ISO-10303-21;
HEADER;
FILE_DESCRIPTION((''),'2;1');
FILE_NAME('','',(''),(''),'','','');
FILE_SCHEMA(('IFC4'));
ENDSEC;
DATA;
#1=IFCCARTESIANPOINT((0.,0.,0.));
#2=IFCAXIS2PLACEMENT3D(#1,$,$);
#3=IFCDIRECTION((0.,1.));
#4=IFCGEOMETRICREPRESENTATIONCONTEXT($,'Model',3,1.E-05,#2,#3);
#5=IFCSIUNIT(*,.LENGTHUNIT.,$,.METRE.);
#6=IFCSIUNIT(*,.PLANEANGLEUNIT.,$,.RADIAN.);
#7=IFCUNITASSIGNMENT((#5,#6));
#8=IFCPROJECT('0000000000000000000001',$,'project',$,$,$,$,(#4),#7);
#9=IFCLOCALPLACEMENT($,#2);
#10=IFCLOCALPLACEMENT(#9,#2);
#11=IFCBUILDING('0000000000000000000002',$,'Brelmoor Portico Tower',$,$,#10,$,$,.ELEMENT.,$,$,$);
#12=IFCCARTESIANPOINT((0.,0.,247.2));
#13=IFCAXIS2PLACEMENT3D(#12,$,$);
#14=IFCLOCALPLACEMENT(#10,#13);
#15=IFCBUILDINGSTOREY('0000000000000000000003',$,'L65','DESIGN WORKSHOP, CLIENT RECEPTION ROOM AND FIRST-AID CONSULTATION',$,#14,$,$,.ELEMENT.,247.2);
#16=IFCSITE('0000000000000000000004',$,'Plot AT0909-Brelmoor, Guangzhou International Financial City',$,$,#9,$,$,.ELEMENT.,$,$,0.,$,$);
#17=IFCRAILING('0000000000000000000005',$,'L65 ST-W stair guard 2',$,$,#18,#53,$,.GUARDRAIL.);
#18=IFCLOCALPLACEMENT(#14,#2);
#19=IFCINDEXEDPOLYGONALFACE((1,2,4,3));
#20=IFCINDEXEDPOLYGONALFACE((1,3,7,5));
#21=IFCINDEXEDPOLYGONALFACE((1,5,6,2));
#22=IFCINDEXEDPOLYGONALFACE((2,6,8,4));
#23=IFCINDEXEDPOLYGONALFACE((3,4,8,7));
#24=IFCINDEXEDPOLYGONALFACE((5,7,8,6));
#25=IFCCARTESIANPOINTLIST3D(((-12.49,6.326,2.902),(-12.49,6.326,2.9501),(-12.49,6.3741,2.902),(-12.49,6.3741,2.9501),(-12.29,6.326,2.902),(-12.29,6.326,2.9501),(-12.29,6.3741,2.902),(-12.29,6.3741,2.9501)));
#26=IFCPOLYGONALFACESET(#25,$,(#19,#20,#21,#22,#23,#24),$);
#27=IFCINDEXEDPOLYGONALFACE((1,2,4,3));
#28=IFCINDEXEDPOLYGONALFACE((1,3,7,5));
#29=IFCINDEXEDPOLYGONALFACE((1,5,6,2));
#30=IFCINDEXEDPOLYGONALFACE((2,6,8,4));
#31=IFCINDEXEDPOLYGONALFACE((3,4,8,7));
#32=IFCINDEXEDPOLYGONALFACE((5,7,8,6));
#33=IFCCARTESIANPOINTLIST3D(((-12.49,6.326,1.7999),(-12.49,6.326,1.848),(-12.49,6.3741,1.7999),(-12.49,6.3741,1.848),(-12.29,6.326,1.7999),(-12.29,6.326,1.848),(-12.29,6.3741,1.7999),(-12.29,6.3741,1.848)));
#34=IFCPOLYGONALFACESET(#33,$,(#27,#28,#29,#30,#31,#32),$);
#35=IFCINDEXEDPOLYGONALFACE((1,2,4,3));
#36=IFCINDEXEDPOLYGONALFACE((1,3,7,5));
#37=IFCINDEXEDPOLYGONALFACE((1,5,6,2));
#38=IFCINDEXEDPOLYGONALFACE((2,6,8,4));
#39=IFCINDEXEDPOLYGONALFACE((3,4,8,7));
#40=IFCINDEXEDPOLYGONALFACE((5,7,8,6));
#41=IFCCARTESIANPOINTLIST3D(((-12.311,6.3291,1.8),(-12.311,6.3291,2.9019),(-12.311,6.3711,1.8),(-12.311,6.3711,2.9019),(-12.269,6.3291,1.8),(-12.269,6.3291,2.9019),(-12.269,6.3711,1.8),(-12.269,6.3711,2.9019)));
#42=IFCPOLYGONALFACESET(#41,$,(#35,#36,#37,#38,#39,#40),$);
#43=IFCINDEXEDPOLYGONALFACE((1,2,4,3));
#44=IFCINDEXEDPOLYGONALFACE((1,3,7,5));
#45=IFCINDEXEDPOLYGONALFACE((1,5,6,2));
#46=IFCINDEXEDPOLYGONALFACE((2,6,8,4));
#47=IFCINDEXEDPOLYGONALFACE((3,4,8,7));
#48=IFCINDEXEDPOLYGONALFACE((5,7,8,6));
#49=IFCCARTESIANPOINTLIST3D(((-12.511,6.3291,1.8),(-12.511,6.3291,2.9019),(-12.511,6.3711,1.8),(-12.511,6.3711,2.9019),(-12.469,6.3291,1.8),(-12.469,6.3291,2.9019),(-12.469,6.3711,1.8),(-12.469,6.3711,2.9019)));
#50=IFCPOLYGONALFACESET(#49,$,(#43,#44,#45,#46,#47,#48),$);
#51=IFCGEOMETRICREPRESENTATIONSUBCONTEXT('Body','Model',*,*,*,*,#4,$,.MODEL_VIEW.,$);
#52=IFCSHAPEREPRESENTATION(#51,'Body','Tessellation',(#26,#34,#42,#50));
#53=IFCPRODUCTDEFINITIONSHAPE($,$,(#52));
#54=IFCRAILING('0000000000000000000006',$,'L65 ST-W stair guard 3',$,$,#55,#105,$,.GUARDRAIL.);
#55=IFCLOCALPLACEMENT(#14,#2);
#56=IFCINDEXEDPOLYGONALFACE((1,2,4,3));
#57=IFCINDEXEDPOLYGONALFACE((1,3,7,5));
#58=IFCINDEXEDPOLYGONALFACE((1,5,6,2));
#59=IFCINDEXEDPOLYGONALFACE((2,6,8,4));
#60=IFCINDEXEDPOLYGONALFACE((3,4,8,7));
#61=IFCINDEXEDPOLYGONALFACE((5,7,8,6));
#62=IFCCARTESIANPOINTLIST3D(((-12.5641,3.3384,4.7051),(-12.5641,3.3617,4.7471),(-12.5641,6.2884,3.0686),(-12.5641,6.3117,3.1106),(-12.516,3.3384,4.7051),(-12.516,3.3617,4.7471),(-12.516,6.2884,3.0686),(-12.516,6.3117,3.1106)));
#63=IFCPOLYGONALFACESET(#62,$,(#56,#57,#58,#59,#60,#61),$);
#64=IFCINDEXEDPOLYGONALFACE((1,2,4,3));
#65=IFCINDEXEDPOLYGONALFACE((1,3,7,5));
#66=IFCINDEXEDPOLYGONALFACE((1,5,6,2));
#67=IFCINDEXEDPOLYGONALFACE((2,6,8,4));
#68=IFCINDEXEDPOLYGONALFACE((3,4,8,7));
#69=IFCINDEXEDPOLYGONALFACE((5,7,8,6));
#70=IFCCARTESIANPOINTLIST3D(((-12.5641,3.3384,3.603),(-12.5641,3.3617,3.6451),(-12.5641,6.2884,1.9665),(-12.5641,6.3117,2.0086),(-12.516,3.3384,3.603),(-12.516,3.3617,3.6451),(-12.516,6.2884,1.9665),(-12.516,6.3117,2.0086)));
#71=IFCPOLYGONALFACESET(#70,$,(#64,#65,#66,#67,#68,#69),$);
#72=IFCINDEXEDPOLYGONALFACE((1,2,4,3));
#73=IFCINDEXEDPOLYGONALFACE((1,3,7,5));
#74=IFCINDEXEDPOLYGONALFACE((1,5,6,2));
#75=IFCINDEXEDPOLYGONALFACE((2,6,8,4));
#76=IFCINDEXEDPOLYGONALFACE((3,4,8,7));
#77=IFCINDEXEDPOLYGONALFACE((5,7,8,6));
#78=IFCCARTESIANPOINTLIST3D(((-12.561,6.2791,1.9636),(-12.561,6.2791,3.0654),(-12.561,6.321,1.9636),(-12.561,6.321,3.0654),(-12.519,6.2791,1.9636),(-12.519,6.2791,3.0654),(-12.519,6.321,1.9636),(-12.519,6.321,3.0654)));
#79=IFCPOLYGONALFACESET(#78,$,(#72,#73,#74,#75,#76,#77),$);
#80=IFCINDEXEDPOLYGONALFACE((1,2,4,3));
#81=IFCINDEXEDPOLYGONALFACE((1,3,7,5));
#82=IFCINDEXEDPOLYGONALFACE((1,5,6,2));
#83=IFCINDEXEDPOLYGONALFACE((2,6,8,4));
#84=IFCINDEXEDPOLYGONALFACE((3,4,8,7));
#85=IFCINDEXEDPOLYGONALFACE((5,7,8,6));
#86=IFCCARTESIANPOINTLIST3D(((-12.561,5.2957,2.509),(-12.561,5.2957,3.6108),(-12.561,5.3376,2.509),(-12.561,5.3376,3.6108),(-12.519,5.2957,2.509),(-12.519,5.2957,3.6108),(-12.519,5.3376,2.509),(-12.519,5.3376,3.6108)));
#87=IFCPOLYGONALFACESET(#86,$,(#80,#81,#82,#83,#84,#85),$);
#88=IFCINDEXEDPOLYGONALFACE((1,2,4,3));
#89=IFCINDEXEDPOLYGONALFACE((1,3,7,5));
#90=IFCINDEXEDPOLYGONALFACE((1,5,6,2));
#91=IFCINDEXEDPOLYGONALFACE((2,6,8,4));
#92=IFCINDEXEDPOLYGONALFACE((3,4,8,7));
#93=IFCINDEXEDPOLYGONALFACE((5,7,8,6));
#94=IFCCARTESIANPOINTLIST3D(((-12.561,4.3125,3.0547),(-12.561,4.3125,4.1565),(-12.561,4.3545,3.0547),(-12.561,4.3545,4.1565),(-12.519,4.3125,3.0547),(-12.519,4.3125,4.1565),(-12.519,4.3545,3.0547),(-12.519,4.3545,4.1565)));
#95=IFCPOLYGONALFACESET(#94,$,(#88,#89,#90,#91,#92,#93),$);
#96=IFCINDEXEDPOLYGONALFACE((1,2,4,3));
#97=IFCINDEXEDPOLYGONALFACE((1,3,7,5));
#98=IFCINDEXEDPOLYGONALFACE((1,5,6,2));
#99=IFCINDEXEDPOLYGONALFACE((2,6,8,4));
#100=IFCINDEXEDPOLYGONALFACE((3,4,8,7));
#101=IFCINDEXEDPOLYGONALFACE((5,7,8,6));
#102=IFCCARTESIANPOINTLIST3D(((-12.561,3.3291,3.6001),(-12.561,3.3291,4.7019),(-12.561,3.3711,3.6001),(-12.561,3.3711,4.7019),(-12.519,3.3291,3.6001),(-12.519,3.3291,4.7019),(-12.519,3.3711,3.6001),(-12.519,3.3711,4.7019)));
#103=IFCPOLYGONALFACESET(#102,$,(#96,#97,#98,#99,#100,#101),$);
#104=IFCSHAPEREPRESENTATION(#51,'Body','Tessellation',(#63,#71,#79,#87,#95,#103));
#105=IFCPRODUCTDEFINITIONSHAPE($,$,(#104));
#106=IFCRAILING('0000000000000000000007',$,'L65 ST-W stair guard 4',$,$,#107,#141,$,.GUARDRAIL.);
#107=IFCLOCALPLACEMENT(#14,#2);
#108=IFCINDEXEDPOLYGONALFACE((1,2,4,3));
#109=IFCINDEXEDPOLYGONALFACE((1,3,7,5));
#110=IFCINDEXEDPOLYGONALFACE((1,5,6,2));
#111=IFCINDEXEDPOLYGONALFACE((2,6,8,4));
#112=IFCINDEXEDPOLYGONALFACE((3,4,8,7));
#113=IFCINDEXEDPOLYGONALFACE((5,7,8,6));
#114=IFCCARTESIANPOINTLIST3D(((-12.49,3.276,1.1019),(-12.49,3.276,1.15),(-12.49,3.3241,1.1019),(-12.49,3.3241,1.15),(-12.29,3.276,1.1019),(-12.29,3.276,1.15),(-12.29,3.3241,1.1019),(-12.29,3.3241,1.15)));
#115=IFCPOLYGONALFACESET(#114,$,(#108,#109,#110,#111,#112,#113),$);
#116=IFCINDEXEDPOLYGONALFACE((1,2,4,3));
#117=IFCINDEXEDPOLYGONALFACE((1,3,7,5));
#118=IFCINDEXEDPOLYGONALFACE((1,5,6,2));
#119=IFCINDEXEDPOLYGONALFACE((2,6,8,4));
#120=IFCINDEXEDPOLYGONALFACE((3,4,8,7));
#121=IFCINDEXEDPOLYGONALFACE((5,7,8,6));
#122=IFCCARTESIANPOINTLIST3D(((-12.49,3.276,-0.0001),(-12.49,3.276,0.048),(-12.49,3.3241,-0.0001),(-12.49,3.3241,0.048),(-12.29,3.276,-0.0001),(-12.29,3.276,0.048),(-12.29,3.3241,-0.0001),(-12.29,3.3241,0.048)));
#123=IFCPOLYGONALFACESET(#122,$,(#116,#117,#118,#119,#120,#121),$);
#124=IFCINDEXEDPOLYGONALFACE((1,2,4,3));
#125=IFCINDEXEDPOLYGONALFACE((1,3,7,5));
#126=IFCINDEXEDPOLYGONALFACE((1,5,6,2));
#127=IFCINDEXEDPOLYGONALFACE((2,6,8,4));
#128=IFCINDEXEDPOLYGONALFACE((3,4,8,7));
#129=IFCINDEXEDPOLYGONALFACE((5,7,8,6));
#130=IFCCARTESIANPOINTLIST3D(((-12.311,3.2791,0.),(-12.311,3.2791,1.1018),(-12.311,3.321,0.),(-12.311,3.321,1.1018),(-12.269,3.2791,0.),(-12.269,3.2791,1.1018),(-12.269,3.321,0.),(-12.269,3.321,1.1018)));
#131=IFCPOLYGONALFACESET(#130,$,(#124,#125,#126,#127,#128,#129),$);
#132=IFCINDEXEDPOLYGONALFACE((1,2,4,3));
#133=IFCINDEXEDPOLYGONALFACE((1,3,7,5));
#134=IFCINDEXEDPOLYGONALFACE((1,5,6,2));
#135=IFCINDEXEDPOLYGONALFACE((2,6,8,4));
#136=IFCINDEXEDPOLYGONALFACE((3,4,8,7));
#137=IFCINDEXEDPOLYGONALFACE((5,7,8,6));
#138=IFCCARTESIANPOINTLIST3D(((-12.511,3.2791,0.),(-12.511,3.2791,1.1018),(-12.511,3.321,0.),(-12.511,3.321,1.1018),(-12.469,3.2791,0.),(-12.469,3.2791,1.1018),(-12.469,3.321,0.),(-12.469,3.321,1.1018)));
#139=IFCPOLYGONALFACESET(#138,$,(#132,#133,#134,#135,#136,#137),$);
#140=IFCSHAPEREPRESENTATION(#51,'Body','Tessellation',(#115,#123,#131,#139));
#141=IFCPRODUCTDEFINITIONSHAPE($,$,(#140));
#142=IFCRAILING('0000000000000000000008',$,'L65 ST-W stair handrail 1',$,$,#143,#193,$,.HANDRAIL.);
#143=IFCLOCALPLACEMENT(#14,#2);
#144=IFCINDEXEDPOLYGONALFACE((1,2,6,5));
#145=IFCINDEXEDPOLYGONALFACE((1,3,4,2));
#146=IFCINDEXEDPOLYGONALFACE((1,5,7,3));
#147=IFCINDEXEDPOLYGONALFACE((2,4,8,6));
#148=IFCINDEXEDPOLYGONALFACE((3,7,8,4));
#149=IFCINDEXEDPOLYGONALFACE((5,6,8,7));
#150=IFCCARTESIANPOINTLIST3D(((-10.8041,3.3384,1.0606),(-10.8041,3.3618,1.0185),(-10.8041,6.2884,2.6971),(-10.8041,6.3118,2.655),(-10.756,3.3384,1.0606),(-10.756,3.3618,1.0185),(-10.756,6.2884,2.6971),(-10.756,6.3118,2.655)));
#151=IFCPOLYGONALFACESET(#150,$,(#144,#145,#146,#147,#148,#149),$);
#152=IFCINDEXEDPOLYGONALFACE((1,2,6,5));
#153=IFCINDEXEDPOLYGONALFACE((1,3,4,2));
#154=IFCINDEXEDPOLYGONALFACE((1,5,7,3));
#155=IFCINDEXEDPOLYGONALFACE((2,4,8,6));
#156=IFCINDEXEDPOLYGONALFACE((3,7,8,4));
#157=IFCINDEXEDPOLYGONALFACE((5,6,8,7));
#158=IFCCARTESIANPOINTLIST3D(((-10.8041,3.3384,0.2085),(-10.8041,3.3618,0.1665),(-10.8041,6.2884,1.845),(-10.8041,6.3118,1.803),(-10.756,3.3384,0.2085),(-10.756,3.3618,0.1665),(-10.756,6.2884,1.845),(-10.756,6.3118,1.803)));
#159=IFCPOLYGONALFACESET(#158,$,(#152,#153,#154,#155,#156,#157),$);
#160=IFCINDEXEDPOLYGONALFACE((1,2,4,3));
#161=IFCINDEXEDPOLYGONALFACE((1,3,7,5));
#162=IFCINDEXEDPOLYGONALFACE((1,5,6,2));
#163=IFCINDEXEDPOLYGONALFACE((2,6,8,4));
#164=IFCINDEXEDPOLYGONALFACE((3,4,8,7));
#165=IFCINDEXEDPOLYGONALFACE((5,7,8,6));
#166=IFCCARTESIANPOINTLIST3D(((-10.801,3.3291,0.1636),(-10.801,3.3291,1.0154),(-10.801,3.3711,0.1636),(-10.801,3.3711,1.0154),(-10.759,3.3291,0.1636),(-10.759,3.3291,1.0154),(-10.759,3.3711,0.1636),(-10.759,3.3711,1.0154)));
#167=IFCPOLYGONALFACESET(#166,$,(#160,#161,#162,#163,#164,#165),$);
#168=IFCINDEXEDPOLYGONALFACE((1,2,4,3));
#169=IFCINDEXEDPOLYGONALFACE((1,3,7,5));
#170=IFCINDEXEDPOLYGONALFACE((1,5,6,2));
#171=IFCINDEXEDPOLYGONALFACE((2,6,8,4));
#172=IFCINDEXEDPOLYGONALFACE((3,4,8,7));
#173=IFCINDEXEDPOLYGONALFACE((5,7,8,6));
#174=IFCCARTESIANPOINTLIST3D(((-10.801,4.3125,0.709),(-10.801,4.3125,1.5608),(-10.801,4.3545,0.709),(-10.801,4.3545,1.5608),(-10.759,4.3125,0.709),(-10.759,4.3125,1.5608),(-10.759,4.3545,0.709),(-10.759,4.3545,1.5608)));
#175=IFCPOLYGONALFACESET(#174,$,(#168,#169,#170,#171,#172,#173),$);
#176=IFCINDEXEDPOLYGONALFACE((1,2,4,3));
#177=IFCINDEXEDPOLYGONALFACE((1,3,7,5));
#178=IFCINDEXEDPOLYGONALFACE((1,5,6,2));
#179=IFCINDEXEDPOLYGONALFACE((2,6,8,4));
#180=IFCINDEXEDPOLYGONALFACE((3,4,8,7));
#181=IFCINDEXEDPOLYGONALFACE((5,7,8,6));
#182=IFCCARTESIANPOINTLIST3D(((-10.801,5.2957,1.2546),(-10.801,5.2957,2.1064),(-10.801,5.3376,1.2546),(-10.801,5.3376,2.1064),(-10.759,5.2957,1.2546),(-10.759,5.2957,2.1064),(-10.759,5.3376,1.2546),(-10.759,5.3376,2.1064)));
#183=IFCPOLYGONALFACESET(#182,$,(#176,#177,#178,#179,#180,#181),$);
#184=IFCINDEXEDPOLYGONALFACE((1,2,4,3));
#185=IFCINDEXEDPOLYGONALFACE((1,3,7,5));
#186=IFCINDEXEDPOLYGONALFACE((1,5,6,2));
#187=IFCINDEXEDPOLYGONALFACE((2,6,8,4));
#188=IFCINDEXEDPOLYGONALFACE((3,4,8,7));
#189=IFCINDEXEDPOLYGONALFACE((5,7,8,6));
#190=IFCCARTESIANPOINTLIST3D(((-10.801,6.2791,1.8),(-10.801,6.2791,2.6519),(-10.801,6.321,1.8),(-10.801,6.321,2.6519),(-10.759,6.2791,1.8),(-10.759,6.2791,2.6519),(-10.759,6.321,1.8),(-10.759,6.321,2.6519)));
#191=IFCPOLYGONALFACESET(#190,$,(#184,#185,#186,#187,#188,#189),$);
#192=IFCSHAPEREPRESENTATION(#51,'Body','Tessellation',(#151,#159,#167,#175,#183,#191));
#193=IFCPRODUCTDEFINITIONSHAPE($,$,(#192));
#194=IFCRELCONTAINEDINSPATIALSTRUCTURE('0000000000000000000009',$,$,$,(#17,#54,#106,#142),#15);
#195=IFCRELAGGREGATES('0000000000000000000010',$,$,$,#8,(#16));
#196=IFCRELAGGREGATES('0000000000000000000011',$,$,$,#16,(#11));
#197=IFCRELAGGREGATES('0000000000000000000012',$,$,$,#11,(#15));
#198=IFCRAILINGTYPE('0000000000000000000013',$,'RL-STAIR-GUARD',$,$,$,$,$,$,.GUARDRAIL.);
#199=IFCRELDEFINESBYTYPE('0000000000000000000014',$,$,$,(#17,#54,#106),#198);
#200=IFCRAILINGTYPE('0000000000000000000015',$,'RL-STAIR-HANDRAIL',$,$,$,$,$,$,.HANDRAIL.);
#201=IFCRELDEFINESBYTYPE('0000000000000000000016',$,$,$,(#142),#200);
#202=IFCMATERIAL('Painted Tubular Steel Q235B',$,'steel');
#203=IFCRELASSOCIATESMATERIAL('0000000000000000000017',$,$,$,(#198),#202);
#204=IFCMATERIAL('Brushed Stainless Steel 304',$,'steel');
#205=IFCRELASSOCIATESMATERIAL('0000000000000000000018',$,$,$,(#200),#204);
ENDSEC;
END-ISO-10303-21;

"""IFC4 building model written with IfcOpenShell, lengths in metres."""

from ifc_helpers import new_model, si_unit, direction, frame, origin, origin_2d, place, context, subcontext, project, spatial, rectangle, extrude, material, type_object, element, save


model = new_model("IFC4")

# Units and contexts
model_context = context("Model", 3, precision=1e-05, world=origin(), true_north=direction((0.0, 1.0)))
body_context = subcontext(model_context, "Body", "Model", "MODEL_VIEW")
ifc_project = project(units=[si_unit("LENGTHUNIT", "METRE"), si_unit("PLANEANGLEUNIT", "RADIAN")], contexts=[model_context])

# Site, building, storey
site_placement = place(None, origin())
site = spatial("IfcSite", under=ifc_project, at=site_placement, Name="Plot AT0909-Brelmoor, Guangzhou International Financial City", CompositionType="ELEMENT", RefElevation=0.0)
building_placement = place(site_placement, origin())
building = spatial("IfcBuilding", under=site, at=building_placement, Name="Brelmoor Portico Tower", CompositionType="ELEMENT")
storey_placement = place(building_placement, frame((0.0, 0.0, 247.2)))
storey = spatial("IfcBuildingStorey", under=building, at=storey_placement, Name="L65", Description="DESIGN WORKSHOP, CLIENT RECEPTION ROOM AND FIRST-AID CONSULTATION", CompositionType="ELEMENT", Elevation=247.2)

# Railings
ifc_material_1 = material(Name="Painted Tubular Steel Q235B", Category="steel")
railing_type_1 = type_object("IfcRailingType", Name="RL-STAIR-GUARD", PredefinedType="GUARDRAIL", material=ifc_material_1)
railing_1_placement = place(storey_placement, frame((-12.29, 6.3501, 1.8)))
element("IfcRailing", 1, at=railing_1_placement, inside=storey, type_object=railing_type_1, Name="L65 ST-W stair guard 2", PredefinedType="GUARDRAIL", context=body_context, shape_type="SweptSolid", body=[
    extrude(rectangle(XDim=0.0481, YDim=0.0481, at=origin_2d()), frame((0.0, 0.0, 1.126), z_axis=(-1.0, 0.0, 0.0), x_axis=(0.0, -1.0, 0.0)), (0.0, 0.0, 1.0), 0.2),
    extrude(rectangle(XDim=0.0481, YDim=0.0481, at=origin_2d()), frame((0.0, 0.0, 0.0239), z_axis=(-1.0, 0.0, 0.0), x_axis=(0.0, -1.0, 0.0)), (0.0, 0.0, 1.0), 0.2),
    extrude(rectangle(XDim=0.042, YDim=0.042, at=origin_2d()), origin(), (0.0, 0.0, 1.0), 1.1018),
    extrude(rectangle(XDim=0.042, YDim=0.042, at=origin_2d()), frame((-0.2, 0.0, 0.0)), (0.0, 0.0, 1.0), 1.1018),
])
railing_2_placement = place(storey_placement, frame((-12.54, 6.3, 1.9636)))
element("IfcRailing", 2, at=railing_2_placement, inside=storey, type_object=railing_type_1, Name="L65 ST-W stair guard 3", PredefinedType="GUARDRAIL", context=body_context, shape_type="SweptSolid", body=[
    extrude(rectangle(XDim=0.0481, YDim=0.0481, at=origin_2d()), frame((0.0, 0.0, 1.126), z_axis=(0.0, -0.874458, 0.485102), x_axis=(1.0, 0.0, 0.0)), (0.0, 0.0, 1.0), 3.3735),
    extrude(rectangle(XDim=0.0481, YDim=0.0481, at=origin_2d()), frame((0.0, 0.0, 0.0239), z_axis=(0.0, -0.874458, 0.485102), x_axis=(1.0, 0.0, 0.0)), (0.0, 0.0, 1.0), 3.3735),
    extrude(rectangle(XDim=0.042, YDim=0.042, at=origin_2d()), origin(), (0.0, 0.0, 1.0), 1.1018),
    extrude(rectangle(XDim=0.042, YDim=0.042, at=origin_2d()), frame((0.0, -0.9834, 0.5454)), (0.0, 0.0, 1.0), 1.1018),
    extrude(rectangle(XDim=0.042, YDim=0.042, at=origin_2d()), frame((0.0, -1.9666, 1.0911)), (0.0, 0.0, 1.0), 1.1018),
    extrude(rectangle(XDim=0.042, YDim=0.042, at=origin_2d()), frame((0.0, -2.95, 1.6365)), (0.0, 0.0, 1.0), 1.1018),
])
railing_3_placement = place(storey_placement, frame((-12.29, 3.3, 0.0)))
element("IfcRailing", 3, at=railing_3_placement, inside=storey, type_object=railing_type_1, Name="L65 ST-W stair guard 4", PredefinedType="GUARDRAIL", context=body_context, shape_type="SweptSolid", body=[
    extrude(rectangle(XDim=0.0481, YDim=0.0481, at=origin_2d()), frame((0.0, 0.0, 1.126), z_axis=(-1.0, 0.0, 0.0), x_axis=(0.0, -1.0, 0.0)), (0.0, 0.0, 1.0), 0.2),
    extrude(rectangle(XDim=0.0481, YDim=0.0481, at=origin_2d()), frame((0.0, 0.0, 0.0239), z_axis=(-1.0, 0.0, 0.0), x_axis=(0.0, -1.0, 0.0)), (0.0, 0.0, 1.0), 0.2),
    extrude(rectangle(XDim=0.042, YDim=0.042, at=origin_2d()), origin(), (0.0, 0.0, 1.0), 1.1018),
    extrude(rectangle(XDim=0.042, YDim=0.042, at=origin_2d()), frame((-0.2, 0.0, 0.0)), (0.0, 0.0, 1.0), 1.1018),
])
ifc_material_2 = material(Name="Brushed Stainless Steel 304", Category="steel")
railing_type_2 = type_object("IfcRailingType", Name="RL-STAIR-HANDRAIL", PredefinedType="HANDRAIL", material=ifc_material_2)
railing_4_placement = place(storey_placement, frame((-10.78, 3.3501, 0.1636)))
element("IfcRailing", 4, at=railing_4_placement, inside=storey, type_object=railing_type_2, Name="L65 ST-W stair handrail 1", PredefinedType="HANDRAIL", context=body_context, shape_type="SweptSolid", body=[
    extrude(rectangle(XDim=0.0481, YDim=0.0481, at=origin_2d()), frame((0.0, 0.0, 0.876), z_axis=(0.0, 0.874458, 0.485102), x_axis=(-1.0, 0.0, 0.0)), (0.0, 0.0, 1.0), 3.3735),
    extrude(rectangle(XDim=0.0481, YDim=0.0481, at=origin_2d()), frame((0.0, 0.0, 0.0239), z_axis=(0.0, 0.874458, 0.485102), x_axis=(-1.0, 0.0, 0.0)), (0.0, 0.0, 1.0), 3.3735),
    extrude(rectangle(XDim=0.042, YDim=0.042, at=origin_2d()), origin(), (0.0, 0.0, 1.0), 0.8518),
    extrude(rectangle(XDim=0.042, YDim=0.042, at=origin_2d()), frame((0.0, 0.9834, 0.5454)), (0.0, 0.0, 1.0), 0.8518),
    extrude(rectangle(XDim=0.042, YDim=0.042, at=origin_2d()), frame((0.0, 1.9666, 1.0911)), (0.0, 0.0, 1.0), 0.8518),
    extrude(rectangle(XDim=0.042, YDim=0.042, at=origin_2d()), frame((0.0, 2.95, 1.6365)), (0.0, 0.0, 1.0), 0.8518),
])

save(model, "model.ifc")
